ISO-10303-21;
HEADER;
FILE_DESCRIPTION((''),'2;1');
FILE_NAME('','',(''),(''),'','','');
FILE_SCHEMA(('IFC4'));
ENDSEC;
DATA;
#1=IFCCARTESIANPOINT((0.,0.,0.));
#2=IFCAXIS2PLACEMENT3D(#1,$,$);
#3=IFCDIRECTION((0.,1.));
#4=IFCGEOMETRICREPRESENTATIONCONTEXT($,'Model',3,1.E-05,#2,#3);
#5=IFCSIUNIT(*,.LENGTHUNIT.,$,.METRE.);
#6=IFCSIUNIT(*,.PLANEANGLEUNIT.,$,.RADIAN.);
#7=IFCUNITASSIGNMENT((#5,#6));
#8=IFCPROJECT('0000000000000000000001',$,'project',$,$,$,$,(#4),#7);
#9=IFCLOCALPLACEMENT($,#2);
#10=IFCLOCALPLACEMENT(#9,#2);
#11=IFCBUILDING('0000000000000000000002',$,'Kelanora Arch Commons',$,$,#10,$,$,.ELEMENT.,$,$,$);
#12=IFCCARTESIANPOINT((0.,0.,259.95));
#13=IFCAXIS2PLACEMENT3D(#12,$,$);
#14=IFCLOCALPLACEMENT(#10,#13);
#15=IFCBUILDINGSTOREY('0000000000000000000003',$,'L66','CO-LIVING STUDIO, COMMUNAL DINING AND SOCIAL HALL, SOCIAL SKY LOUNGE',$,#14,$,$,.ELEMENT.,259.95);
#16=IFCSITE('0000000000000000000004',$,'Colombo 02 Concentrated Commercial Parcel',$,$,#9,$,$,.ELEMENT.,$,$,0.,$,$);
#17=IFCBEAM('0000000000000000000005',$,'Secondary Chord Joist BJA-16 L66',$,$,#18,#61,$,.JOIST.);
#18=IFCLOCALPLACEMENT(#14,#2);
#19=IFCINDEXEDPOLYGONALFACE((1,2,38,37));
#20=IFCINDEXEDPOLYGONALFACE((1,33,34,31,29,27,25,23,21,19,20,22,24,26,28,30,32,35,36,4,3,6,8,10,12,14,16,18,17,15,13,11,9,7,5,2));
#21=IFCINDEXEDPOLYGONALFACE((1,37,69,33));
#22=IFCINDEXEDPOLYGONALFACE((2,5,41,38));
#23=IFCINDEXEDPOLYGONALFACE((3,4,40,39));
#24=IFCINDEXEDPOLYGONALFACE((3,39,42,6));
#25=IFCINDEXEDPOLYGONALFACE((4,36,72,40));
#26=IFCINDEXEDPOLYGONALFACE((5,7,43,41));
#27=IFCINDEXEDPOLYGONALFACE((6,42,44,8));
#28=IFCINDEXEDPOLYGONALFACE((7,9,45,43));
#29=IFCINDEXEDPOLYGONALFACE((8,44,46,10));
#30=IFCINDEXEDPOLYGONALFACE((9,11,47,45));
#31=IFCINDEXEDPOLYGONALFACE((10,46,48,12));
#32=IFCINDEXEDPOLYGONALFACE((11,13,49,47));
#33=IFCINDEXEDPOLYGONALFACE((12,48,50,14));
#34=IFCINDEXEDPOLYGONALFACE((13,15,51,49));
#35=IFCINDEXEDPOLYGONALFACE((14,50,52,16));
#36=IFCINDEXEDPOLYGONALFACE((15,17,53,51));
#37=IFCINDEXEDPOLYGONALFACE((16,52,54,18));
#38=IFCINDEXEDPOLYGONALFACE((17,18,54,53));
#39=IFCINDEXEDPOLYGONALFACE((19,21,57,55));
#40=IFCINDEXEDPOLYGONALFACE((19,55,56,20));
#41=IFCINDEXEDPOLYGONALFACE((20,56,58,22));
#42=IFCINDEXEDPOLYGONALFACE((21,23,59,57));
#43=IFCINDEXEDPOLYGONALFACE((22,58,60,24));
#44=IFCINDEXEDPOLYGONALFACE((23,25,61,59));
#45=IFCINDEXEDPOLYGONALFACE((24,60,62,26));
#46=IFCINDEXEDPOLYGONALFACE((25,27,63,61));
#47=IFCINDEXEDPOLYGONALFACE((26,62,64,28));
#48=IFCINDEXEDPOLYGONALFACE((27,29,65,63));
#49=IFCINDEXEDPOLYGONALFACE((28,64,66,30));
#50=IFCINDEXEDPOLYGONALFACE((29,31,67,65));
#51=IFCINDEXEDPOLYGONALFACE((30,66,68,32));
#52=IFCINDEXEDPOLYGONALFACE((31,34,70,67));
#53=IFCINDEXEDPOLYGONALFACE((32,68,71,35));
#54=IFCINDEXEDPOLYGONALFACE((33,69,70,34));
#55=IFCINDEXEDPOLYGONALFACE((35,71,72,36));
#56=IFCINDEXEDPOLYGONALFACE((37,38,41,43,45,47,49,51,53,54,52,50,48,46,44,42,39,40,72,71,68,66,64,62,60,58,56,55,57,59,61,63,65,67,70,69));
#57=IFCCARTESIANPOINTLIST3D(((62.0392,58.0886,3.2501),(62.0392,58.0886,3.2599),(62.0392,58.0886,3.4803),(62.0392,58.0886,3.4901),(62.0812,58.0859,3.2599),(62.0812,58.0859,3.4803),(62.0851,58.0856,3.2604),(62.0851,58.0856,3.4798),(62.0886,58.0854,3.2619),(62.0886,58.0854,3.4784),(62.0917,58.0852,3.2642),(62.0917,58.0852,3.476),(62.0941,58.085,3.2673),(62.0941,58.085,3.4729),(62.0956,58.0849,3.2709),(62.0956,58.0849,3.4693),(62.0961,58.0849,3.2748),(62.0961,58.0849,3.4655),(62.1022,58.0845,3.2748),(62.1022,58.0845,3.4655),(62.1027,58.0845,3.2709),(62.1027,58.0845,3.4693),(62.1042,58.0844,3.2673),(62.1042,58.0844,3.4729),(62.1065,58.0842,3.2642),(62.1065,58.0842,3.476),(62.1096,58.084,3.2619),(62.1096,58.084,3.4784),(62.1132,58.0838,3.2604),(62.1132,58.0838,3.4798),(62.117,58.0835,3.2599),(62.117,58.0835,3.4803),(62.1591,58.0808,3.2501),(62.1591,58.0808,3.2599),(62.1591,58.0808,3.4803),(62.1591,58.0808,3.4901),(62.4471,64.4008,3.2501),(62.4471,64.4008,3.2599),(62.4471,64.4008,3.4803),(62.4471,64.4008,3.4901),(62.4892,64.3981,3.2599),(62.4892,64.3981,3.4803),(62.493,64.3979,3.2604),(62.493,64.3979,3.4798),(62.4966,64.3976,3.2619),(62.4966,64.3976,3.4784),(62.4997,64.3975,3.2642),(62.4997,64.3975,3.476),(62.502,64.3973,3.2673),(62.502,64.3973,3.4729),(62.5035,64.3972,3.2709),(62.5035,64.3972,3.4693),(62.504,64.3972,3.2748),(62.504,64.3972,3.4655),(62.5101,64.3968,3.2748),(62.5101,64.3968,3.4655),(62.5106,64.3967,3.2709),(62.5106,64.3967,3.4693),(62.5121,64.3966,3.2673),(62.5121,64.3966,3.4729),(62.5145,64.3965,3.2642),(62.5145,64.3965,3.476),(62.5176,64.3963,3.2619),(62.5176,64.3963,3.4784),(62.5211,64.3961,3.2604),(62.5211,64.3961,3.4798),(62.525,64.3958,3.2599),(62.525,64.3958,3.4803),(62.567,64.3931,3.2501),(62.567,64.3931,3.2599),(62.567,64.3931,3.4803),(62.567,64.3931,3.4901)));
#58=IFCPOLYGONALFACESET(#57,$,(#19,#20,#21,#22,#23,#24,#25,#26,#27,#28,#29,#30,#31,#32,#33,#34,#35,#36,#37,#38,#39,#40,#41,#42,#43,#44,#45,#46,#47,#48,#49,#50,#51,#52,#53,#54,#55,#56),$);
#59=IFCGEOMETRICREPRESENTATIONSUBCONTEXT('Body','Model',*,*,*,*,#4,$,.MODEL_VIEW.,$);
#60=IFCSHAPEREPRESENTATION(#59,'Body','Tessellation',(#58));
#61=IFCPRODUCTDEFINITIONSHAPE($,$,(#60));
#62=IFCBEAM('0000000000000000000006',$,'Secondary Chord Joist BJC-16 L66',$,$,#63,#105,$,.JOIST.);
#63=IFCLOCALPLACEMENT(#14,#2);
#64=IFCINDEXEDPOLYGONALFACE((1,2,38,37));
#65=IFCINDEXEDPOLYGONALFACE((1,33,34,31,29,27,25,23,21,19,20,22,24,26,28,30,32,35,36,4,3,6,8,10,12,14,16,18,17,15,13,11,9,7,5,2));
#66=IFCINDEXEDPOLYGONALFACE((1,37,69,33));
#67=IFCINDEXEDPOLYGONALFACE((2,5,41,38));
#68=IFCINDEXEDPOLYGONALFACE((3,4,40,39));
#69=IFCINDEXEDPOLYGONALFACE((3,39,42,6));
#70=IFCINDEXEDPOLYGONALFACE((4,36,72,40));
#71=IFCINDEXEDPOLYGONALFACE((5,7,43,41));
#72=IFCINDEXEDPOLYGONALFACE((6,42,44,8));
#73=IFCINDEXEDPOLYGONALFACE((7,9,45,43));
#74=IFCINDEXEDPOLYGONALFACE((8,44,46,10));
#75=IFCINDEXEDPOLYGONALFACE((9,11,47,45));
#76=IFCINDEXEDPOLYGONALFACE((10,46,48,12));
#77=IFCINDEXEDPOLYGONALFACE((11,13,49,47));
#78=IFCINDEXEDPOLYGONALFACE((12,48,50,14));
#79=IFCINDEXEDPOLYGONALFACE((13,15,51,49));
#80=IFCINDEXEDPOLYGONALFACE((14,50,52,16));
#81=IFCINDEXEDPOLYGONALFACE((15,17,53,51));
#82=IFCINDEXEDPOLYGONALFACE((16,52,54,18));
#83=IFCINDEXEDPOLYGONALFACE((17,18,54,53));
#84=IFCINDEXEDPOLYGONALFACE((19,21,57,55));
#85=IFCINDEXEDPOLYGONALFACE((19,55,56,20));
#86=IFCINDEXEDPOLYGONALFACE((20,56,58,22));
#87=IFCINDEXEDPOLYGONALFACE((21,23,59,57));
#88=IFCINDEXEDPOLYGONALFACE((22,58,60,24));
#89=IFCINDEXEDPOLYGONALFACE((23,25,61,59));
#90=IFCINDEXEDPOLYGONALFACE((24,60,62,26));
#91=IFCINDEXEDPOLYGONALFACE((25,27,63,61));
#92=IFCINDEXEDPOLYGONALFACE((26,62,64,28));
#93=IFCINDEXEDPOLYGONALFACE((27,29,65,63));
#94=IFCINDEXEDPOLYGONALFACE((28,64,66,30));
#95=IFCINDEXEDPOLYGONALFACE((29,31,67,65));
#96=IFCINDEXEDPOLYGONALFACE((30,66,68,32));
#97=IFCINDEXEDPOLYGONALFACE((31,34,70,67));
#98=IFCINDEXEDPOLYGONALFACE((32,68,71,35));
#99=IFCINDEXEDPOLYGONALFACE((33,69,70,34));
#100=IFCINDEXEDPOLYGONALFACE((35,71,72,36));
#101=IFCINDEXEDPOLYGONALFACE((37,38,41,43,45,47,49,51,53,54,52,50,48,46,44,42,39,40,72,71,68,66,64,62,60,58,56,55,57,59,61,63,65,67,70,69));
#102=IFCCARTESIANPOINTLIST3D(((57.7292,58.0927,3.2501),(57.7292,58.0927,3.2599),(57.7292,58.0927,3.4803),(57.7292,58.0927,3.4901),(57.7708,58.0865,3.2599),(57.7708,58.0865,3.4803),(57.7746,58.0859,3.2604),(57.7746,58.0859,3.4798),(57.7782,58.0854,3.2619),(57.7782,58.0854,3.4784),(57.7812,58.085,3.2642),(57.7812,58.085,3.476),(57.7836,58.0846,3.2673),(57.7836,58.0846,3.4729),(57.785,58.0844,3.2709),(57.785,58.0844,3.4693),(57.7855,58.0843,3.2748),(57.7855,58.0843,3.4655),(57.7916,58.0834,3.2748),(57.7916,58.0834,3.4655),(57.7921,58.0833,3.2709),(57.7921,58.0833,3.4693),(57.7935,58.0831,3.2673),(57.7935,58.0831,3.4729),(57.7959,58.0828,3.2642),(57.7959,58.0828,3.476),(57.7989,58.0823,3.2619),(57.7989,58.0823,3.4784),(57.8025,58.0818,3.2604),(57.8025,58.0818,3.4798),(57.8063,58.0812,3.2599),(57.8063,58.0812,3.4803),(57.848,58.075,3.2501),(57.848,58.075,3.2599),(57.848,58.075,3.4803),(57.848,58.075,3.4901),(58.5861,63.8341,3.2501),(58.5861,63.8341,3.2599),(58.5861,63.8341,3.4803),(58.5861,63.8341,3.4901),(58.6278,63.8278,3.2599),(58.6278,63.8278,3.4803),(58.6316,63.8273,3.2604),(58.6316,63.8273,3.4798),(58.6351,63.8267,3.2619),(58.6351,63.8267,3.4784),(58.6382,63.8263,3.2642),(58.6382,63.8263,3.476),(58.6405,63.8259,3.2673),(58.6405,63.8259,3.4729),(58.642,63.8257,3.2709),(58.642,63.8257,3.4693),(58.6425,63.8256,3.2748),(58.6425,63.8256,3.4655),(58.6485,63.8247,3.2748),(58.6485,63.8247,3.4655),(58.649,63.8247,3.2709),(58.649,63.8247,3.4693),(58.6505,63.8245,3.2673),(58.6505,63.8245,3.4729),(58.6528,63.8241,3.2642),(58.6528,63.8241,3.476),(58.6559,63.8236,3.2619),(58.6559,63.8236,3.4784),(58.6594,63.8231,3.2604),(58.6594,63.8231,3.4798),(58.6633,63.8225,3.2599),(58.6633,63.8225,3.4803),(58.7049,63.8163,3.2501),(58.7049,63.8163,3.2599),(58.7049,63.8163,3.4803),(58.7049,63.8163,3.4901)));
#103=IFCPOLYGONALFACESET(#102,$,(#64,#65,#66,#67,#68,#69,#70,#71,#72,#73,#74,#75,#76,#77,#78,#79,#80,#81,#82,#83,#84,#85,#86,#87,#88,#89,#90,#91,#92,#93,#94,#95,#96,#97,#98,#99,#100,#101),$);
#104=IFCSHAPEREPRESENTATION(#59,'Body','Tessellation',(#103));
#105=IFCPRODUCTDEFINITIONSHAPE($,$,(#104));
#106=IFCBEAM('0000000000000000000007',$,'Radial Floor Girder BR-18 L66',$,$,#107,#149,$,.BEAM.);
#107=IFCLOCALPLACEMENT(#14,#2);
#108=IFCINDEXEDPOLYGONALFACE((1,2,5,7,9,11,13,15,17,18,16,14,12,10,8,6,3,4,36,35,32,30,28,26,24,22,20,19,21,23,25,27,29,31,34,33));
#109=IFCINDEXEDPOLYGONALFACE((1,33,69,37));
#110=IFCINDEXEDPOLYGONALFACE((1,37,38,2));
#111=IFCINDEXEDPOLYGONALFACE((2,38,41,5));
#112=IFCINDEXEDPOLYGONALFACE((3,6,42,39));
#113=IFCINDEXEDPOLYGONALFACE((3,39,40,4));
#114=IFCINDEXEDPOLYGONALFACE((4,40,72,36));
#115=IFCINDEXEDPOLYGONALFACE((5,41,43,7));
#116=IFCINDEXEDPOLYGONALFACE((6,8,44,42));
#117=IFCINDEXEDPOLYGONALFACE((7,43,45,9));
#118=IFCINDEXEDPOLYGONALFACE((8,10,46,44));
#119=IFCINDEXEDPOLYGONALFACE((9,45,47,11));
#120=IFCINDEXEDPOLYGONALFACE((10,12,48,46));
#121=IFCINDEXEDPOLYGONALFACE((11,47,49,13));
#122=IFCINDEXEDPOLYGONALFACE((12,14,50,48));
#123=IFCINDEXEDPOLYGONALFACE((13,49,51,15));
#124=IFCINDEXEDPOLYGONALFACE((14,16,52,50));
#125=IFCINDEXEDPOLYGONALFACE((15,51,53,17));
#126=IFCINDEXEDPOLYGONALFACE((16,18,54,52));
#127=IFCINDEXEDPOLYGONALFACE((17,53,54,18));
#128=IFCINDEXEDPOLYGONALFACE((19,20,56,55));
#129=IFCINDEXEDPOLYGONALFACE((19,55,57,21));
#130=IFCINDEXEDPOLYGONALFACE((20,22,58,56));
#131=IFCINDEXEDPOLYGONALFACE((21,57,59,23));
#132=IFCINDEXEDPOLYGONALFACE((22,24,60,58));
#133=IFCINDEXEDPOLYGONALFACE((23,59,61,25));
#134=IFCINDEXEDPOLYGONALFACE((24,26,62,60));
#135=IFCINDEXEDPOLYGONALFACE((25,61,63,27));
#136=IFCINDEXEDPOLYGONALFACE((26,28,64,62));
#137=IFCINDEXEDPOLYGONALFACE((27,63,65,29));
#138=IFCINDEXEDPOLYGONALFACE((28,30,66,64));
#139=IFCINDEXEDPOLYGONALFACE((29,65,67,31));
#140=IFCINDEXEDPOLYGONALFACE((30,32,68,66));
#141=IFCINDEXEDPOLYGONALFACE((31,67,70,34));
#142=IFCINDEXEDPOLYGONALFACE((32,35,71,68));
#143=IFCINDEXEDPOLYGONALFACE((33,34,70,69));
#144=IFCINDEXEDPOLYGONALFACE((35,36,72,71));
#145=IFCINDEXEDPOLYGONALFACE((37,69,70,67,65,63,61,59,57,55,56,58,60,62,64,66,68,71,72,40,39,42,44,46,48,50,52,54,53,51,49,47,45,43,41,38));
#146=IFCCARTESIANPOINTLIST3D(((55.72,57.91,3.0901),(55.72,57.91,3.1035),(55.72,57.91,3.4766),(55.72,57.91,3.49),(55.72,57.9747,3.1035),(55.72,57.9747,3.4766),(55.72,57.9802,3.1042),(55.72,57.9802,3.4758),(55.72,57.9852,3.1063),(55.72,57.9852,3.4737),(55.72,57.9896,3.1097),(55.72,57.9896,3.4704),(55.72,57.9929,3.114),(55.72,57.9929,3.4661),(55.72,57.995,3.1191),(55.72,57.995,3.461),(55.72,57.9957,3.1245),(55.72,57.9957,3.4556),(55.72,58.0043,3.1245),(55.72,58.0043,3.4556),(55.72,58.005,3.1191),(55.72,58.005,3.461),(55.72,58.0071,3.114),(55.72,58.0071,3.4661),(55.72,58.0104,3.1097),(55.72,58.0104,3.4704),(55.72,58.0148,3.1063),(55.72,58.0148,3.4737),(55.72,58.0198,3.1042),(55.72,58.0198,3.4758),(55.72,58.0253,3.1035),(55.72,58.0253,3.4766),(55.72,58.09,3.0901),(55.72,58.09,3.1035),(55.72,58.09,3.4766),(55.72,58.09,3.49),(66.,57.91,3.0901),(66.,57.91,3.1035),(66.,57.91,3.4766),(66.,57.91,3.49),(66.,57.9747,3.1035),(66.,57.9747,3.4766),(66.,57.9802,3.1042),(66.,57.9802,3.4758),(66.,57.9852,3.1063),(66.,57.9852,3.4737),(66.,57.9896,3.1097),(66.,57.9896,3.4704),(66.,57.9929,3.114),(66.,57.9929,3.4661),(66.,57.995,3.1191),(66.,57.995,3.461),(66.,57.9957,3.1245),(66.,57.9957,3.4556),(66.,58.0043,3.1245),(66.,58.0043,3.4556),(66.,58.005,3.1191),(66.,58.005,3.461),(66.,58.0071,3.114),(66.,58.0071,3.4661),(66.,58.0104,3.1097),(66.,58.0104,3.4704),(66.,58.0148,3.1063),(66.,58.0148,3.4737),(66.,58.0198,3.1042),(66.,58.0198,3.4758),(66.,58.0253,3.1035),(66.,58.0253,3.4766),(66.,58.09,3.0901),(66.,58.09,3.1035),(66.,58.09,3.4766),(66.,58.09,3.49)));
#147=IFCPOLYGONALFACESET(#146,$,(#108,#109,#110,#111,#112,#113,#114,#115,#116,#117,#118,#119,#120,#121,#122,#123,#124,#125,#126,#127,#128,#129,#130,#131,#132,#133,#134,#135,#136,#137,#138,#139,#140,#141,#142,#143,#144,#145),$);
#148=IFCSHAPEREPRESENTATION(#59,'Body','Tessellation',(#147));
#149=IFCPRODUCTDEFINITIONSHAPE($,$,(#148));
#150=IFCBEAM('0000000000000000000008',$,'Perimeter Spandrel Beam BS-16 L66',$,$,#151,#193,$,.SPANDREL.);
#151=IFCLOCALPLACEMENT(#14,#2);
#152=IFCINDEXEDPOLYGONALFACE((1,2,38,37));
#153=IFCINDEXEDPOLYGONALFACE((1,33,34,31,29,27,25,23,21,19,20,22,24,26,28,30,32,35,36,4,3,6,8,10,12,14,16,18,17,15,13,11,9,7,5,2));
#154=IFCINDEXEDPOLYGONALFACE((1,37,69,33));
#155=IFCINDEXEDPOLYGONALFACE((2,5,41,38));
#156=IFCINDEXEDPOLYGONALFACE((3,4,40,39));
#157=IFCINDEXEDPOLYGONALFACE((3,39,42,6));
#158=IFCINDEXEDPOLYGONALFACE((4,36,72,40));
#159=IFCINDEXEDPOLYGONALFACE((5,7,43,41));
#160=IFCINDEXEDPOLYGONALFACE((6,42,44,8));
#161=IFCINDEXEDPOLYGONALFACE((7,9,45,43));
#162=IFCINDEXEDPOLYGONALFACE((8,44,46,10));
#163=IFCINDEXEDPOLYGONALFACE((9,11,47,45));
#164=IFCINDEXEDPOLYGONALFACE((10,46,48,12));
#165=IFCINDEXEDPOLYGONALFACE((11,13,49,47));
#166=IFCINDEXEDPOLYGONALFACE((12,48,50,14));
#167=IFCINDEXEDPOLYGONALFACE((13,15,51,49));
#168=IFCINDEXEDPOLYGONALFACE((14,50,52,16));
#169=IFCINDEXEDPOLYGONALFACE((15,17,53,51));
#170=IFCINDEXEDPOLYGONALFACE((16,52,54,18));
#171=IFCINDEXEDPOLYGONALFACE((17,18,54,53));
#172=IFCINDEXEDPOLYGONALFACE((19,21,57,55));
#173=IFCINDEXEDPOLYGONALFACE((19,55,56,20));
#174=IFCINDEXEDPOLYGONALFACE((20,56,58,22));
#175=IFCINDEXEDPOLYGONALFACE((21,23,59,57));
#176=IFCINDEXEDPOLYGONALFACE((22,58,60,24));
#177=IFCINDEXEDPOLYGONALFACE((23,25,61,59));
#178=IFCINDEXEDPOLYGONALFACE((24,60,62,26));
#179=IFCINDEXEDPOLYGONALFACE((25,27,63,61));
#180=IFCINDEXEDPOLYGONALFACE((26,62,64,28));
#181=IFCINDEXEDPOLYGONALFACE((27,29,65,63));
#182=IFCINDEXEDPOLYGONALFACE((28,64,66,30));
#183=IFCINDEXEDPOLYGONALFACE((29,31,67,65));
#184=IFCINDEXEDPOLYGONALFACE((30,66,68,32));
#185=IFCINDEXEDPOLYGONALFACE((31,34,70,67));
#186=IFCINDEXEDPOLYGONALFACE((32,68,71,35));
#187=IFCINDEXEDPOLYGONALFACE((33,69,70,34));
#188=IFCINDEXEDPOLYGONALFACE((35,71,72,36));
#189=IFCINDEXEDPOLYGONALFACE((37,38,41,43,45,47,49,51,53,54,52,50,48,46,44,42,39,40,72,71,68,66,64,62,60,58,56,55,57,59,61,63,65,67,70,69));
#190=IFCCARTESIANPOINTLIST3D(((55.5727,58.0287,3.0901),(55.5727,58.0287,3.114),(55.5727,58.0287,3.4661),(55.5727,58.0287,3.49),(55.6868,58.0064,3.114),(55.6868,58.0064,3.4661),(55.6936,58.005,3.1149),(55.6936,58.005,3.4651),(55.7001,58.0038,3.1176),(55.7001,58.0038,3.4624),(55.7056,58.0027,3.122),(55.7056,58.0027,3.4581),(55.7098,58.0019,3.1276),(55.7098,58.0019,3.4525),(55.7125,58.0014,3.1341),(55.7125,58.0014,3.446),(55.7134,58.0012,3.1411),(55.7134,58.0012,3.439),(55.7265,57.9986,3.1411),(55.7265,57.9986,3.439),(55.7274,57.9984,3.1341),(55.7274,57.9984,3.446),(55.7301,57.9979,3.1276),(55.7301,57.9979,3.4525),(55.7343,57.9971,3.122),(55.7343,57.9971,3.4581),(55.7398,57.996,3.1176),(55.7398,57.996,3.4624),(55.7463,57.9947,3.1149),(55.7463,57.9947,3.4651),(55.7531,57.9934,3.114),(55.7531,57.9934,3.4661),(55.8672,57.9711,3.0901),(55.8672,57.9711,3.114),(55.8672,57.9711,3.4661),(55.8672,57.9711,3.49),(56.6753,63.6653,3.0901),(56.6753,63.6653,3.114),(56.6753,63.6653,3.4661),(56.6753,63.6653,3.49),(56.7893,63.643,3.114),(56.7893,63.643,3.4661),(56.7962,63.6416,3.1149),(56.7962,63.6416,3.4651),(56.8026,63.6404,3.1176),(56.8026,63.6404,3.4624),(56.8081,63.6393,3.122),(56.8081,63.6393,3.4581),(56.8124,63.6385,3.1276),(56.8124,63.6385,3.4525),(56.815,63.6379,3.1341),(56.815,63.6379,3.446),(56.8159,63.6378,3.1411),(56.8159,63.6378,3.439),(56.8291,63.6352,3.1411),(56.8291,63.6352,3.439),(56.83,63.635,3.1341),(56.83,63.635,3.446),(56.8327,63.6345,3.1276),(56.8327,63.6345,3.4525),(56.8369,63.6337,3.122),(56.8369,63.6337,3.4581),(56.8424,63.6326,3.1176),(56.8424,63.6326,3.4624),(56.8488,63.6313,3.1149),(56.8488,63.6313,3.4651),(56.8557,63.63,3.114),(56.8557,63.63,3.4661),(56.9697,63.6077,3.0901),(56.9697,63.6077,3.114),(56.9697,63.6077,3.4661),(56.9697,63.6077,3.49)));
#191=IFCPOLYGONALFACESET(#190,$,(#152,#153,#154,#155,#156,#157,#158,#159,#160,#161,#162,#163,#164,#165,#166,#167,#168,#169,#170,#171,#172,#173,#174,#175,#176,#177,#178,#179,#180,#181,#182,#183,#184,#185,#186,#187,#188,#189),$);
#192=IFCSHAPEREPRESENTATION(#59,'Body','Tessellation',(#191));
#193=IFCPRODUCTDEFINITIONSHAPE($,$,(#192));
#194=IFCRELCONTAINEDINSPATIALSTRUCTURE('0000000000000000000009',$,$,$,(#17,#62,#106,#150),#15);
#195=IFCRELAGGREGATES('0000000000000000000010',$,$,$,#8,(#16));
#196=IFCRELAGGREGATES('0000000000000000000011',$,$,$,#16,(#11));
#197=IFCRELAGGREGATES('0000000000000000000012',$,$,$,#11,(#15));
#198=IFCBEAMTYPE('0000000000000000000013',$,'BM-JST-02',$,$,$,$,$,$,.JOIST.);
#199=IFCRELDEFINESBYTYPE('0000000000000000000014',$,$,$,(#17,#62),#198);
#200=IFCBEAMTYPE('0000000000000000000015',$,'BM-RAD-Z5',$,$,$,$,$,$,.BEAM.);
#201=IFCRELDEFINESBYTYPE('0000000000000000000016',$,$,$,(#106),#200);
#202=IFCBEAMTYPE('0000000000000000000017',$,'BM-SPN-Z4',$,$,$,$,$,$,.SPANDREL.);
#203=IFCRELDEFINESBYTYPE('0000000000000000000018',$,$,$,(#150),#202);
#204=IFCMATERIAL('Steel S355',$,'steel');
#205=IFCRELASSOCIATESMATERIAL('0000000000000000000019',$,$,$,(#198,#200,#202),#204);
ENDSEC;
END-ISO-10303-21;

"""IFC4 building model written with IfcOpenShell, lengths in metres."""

from ifc_helpers import new_model, si_unit, direction, frame, origin, origin_2d, place, context, subcontext, project, spatial, i_section, extrude, material, material_profile, profile_set, type_object, element, save


model = new_model("IFC4")

# Units and contexts
model_context = context("Model", 3, precision=1e-05, world=origin(), true_north=direction((0.0, 1.0)))
body_context = subcontext(model_context, "Body", "Model", "MODEL_VIEW")
ifc_project = project(units=[si_unit("LENGTHUNIT", "METRE"), si_unit("PLANEANGLEUNIT", "RADIAN")], contexts=[model_context])

# Site, building, storey
site_placement = place(None, origin())
site = spatial("IfcSite", under=ifc_project, at=site_placement, Name="Colombo 02 Concentrated Commercial Parcel", CompositionType="ELEMENT", RefElevation=0.0)
building_placement = place(site_placement, origin())
building = spatial("IfcBuilding", under=site, at=building_placement, Name="Kelanora Arch Commons", CompositionType="ELEMENT")
storey_placement = place(building_placement, frame((0.0, 0.0, 259.95)))
storey = spatial("IfcBuildingStorey", under=building, at=storey_placement, Name="L66", Description="CO-LIVING STUDIO, COMMUNAL DINING AND SOCIAL HALL, SOCIAL SKY LOUNGE", CompositionType="ELEMENT", Elevation=259.95)

# Beams
ifc_material_1 = material(Name="Steel S355", Category="steel")
ifc_material_profile_1 = material_profile(ifc_material_1, i_section(OverallWidth=0.1201, OverallDepth=0.24, WebThickness=0.0061, FlangeThickness=0.0098, FilletRadius=0.0149, at=origin_2d()), Name="IPE240")
ifc_profile_set_1 = profile_set([ifc_material_profile_1], Name="Steel S355")
beam_type_1 = type_object("IfcBeamType", Name="BM-JST-02", PredefinedType="JOIST", material=ifc_profile_set_1)
beam_1_placement = place(storey_placement, frame((62.5071, 64.397, 3.3701), z_axis=(-0.064495, -0.997918, 0.0), x_axis=(0.997918, -0.064495, 0.0)))
element("IfcBeam", 1, at=beam_1_placement, inside=storey, type_object=beam_type_1, Name="Secondary Chord Joist BJA-16 L66", PredefinedType="JOIST", context=body_context, shape_type="SweptSolid", body=[
    extrude(i_section(OverallWidth=0.1201, OverallDepth=0.24, WebThickness=0.0061, FlangeThickness=0.0098, FilletRadius=0.0149, at=origin_2d()), origin(), (0.0, 0.0, 1.0), 6.3254),
])
beam_2_placement = place(storey_placement, frame((58.6455, 63.8252, 3.3701), z_axis=(-0.147625, -0.989043, 0.0), x_axis=(0.989043, -0.147625, 0.0)))
element("IfcBeam", 2, at=beam_2_placement, inside=storey, type_object=beam_type_1, Name="Secondary Chord Joist BJC-16 L66", PredefinedType="JOIST", context=body_context, shape_type="SweptSolid", body=[
    extrude(i_section(OverallWidth=0.1201, OverallDepth=0.24, WebThickness=0.0061, FlangeThickness=0.0098, FilletRadius=0.0149, at=origin_2d()), origin(), (0.0, 0.0, 1.0), 5.8049),
])
ifc_material_profile_2 = material_profile(ifc_material_1, i_section(OverallWidth=0.1799, OverallDepth=0.3999, WebThickness=0.0085, FlangeThickness=0.0134, FilletRadius=0.021, at=origin_2d()), Name="IPE400")
ifc_profile_set_2 = profile_set([ifc_material_profile_2], Name="Steel S355")
beam_type_2 = type_object("IfcBeamType", Name="BM-RAD-Z5", PredefinedType="BEAM", material=ifc_profile_set_2)
beam_3_placement = place(storey_placement, frame((66.0, 58.0, 3.29), z_axis=(-1.0, 0.0, 0.0), x_axis=(0.0, -1.0, 0.0)))
element("IfcBeam", 3, at=beam_3_placement, inside=storey, type_object=beam_type_2, Name="Radial Floor Girder BR-18 L66", PredefinedType="BEAM", context=body_context, shape_type="SweptSolid", body=[
    extrude(i_section(OverallWidth=0.1799, OverallDepth=0.3999, WebThickness=0.0085, FlangeThickness=0.0134, FilletRadius=0.021, at=origin_2d()), origin(), (0.0, 0.0, 1.0), 10.28),
])
ifc_material_profile_3 = material_profile(ifc_material_1, i_section(OverallWidth=0.3, OverallDepth=0.3999, WebThickness=0.0134, FlangeThickness=0.0239, FilletRadius=0.0271, at=origin_2d()), Name="HEB400")
ifc_profile_set_3 = profile_set([ifc_material_profile_3], Name="Steel S355")
beam_type_3 = type_object("IfcBeamType", Name="BM-SPN-Z4", PredefinedType="SPANDREL", material=ifc_profile_set_3)
for number, where, z_axis, x_axis, name in (
    (4, (56.8225, 63.6365, 3.29), (-0.19197, -0.981401, 0.0), (0.981401, -0.19197, 0.0), "Perimeter Spandrel Beam BS-16 L66"),
):
    element("IfcBeam", number, at=place(storey_placement, frame(where, z_axis=z_axis, x_axis=x_axis)), inside=storey, type_object=beam_type_3, Name=name, PredefinedType="SPANDREL", context=body_context, shape_type="SweptSolid", body=[
        extrude(i_section(OverallWidth=0.3, OverallDepth=0.3999, WebThickness=0.0134, FlangeThickness=0.0239, FilletRadius=0.0271, at=origin_2d()), origin(), (0.0, 0.0, 1.0), 5.7434),
    ])

save(model, "model.ifc")
